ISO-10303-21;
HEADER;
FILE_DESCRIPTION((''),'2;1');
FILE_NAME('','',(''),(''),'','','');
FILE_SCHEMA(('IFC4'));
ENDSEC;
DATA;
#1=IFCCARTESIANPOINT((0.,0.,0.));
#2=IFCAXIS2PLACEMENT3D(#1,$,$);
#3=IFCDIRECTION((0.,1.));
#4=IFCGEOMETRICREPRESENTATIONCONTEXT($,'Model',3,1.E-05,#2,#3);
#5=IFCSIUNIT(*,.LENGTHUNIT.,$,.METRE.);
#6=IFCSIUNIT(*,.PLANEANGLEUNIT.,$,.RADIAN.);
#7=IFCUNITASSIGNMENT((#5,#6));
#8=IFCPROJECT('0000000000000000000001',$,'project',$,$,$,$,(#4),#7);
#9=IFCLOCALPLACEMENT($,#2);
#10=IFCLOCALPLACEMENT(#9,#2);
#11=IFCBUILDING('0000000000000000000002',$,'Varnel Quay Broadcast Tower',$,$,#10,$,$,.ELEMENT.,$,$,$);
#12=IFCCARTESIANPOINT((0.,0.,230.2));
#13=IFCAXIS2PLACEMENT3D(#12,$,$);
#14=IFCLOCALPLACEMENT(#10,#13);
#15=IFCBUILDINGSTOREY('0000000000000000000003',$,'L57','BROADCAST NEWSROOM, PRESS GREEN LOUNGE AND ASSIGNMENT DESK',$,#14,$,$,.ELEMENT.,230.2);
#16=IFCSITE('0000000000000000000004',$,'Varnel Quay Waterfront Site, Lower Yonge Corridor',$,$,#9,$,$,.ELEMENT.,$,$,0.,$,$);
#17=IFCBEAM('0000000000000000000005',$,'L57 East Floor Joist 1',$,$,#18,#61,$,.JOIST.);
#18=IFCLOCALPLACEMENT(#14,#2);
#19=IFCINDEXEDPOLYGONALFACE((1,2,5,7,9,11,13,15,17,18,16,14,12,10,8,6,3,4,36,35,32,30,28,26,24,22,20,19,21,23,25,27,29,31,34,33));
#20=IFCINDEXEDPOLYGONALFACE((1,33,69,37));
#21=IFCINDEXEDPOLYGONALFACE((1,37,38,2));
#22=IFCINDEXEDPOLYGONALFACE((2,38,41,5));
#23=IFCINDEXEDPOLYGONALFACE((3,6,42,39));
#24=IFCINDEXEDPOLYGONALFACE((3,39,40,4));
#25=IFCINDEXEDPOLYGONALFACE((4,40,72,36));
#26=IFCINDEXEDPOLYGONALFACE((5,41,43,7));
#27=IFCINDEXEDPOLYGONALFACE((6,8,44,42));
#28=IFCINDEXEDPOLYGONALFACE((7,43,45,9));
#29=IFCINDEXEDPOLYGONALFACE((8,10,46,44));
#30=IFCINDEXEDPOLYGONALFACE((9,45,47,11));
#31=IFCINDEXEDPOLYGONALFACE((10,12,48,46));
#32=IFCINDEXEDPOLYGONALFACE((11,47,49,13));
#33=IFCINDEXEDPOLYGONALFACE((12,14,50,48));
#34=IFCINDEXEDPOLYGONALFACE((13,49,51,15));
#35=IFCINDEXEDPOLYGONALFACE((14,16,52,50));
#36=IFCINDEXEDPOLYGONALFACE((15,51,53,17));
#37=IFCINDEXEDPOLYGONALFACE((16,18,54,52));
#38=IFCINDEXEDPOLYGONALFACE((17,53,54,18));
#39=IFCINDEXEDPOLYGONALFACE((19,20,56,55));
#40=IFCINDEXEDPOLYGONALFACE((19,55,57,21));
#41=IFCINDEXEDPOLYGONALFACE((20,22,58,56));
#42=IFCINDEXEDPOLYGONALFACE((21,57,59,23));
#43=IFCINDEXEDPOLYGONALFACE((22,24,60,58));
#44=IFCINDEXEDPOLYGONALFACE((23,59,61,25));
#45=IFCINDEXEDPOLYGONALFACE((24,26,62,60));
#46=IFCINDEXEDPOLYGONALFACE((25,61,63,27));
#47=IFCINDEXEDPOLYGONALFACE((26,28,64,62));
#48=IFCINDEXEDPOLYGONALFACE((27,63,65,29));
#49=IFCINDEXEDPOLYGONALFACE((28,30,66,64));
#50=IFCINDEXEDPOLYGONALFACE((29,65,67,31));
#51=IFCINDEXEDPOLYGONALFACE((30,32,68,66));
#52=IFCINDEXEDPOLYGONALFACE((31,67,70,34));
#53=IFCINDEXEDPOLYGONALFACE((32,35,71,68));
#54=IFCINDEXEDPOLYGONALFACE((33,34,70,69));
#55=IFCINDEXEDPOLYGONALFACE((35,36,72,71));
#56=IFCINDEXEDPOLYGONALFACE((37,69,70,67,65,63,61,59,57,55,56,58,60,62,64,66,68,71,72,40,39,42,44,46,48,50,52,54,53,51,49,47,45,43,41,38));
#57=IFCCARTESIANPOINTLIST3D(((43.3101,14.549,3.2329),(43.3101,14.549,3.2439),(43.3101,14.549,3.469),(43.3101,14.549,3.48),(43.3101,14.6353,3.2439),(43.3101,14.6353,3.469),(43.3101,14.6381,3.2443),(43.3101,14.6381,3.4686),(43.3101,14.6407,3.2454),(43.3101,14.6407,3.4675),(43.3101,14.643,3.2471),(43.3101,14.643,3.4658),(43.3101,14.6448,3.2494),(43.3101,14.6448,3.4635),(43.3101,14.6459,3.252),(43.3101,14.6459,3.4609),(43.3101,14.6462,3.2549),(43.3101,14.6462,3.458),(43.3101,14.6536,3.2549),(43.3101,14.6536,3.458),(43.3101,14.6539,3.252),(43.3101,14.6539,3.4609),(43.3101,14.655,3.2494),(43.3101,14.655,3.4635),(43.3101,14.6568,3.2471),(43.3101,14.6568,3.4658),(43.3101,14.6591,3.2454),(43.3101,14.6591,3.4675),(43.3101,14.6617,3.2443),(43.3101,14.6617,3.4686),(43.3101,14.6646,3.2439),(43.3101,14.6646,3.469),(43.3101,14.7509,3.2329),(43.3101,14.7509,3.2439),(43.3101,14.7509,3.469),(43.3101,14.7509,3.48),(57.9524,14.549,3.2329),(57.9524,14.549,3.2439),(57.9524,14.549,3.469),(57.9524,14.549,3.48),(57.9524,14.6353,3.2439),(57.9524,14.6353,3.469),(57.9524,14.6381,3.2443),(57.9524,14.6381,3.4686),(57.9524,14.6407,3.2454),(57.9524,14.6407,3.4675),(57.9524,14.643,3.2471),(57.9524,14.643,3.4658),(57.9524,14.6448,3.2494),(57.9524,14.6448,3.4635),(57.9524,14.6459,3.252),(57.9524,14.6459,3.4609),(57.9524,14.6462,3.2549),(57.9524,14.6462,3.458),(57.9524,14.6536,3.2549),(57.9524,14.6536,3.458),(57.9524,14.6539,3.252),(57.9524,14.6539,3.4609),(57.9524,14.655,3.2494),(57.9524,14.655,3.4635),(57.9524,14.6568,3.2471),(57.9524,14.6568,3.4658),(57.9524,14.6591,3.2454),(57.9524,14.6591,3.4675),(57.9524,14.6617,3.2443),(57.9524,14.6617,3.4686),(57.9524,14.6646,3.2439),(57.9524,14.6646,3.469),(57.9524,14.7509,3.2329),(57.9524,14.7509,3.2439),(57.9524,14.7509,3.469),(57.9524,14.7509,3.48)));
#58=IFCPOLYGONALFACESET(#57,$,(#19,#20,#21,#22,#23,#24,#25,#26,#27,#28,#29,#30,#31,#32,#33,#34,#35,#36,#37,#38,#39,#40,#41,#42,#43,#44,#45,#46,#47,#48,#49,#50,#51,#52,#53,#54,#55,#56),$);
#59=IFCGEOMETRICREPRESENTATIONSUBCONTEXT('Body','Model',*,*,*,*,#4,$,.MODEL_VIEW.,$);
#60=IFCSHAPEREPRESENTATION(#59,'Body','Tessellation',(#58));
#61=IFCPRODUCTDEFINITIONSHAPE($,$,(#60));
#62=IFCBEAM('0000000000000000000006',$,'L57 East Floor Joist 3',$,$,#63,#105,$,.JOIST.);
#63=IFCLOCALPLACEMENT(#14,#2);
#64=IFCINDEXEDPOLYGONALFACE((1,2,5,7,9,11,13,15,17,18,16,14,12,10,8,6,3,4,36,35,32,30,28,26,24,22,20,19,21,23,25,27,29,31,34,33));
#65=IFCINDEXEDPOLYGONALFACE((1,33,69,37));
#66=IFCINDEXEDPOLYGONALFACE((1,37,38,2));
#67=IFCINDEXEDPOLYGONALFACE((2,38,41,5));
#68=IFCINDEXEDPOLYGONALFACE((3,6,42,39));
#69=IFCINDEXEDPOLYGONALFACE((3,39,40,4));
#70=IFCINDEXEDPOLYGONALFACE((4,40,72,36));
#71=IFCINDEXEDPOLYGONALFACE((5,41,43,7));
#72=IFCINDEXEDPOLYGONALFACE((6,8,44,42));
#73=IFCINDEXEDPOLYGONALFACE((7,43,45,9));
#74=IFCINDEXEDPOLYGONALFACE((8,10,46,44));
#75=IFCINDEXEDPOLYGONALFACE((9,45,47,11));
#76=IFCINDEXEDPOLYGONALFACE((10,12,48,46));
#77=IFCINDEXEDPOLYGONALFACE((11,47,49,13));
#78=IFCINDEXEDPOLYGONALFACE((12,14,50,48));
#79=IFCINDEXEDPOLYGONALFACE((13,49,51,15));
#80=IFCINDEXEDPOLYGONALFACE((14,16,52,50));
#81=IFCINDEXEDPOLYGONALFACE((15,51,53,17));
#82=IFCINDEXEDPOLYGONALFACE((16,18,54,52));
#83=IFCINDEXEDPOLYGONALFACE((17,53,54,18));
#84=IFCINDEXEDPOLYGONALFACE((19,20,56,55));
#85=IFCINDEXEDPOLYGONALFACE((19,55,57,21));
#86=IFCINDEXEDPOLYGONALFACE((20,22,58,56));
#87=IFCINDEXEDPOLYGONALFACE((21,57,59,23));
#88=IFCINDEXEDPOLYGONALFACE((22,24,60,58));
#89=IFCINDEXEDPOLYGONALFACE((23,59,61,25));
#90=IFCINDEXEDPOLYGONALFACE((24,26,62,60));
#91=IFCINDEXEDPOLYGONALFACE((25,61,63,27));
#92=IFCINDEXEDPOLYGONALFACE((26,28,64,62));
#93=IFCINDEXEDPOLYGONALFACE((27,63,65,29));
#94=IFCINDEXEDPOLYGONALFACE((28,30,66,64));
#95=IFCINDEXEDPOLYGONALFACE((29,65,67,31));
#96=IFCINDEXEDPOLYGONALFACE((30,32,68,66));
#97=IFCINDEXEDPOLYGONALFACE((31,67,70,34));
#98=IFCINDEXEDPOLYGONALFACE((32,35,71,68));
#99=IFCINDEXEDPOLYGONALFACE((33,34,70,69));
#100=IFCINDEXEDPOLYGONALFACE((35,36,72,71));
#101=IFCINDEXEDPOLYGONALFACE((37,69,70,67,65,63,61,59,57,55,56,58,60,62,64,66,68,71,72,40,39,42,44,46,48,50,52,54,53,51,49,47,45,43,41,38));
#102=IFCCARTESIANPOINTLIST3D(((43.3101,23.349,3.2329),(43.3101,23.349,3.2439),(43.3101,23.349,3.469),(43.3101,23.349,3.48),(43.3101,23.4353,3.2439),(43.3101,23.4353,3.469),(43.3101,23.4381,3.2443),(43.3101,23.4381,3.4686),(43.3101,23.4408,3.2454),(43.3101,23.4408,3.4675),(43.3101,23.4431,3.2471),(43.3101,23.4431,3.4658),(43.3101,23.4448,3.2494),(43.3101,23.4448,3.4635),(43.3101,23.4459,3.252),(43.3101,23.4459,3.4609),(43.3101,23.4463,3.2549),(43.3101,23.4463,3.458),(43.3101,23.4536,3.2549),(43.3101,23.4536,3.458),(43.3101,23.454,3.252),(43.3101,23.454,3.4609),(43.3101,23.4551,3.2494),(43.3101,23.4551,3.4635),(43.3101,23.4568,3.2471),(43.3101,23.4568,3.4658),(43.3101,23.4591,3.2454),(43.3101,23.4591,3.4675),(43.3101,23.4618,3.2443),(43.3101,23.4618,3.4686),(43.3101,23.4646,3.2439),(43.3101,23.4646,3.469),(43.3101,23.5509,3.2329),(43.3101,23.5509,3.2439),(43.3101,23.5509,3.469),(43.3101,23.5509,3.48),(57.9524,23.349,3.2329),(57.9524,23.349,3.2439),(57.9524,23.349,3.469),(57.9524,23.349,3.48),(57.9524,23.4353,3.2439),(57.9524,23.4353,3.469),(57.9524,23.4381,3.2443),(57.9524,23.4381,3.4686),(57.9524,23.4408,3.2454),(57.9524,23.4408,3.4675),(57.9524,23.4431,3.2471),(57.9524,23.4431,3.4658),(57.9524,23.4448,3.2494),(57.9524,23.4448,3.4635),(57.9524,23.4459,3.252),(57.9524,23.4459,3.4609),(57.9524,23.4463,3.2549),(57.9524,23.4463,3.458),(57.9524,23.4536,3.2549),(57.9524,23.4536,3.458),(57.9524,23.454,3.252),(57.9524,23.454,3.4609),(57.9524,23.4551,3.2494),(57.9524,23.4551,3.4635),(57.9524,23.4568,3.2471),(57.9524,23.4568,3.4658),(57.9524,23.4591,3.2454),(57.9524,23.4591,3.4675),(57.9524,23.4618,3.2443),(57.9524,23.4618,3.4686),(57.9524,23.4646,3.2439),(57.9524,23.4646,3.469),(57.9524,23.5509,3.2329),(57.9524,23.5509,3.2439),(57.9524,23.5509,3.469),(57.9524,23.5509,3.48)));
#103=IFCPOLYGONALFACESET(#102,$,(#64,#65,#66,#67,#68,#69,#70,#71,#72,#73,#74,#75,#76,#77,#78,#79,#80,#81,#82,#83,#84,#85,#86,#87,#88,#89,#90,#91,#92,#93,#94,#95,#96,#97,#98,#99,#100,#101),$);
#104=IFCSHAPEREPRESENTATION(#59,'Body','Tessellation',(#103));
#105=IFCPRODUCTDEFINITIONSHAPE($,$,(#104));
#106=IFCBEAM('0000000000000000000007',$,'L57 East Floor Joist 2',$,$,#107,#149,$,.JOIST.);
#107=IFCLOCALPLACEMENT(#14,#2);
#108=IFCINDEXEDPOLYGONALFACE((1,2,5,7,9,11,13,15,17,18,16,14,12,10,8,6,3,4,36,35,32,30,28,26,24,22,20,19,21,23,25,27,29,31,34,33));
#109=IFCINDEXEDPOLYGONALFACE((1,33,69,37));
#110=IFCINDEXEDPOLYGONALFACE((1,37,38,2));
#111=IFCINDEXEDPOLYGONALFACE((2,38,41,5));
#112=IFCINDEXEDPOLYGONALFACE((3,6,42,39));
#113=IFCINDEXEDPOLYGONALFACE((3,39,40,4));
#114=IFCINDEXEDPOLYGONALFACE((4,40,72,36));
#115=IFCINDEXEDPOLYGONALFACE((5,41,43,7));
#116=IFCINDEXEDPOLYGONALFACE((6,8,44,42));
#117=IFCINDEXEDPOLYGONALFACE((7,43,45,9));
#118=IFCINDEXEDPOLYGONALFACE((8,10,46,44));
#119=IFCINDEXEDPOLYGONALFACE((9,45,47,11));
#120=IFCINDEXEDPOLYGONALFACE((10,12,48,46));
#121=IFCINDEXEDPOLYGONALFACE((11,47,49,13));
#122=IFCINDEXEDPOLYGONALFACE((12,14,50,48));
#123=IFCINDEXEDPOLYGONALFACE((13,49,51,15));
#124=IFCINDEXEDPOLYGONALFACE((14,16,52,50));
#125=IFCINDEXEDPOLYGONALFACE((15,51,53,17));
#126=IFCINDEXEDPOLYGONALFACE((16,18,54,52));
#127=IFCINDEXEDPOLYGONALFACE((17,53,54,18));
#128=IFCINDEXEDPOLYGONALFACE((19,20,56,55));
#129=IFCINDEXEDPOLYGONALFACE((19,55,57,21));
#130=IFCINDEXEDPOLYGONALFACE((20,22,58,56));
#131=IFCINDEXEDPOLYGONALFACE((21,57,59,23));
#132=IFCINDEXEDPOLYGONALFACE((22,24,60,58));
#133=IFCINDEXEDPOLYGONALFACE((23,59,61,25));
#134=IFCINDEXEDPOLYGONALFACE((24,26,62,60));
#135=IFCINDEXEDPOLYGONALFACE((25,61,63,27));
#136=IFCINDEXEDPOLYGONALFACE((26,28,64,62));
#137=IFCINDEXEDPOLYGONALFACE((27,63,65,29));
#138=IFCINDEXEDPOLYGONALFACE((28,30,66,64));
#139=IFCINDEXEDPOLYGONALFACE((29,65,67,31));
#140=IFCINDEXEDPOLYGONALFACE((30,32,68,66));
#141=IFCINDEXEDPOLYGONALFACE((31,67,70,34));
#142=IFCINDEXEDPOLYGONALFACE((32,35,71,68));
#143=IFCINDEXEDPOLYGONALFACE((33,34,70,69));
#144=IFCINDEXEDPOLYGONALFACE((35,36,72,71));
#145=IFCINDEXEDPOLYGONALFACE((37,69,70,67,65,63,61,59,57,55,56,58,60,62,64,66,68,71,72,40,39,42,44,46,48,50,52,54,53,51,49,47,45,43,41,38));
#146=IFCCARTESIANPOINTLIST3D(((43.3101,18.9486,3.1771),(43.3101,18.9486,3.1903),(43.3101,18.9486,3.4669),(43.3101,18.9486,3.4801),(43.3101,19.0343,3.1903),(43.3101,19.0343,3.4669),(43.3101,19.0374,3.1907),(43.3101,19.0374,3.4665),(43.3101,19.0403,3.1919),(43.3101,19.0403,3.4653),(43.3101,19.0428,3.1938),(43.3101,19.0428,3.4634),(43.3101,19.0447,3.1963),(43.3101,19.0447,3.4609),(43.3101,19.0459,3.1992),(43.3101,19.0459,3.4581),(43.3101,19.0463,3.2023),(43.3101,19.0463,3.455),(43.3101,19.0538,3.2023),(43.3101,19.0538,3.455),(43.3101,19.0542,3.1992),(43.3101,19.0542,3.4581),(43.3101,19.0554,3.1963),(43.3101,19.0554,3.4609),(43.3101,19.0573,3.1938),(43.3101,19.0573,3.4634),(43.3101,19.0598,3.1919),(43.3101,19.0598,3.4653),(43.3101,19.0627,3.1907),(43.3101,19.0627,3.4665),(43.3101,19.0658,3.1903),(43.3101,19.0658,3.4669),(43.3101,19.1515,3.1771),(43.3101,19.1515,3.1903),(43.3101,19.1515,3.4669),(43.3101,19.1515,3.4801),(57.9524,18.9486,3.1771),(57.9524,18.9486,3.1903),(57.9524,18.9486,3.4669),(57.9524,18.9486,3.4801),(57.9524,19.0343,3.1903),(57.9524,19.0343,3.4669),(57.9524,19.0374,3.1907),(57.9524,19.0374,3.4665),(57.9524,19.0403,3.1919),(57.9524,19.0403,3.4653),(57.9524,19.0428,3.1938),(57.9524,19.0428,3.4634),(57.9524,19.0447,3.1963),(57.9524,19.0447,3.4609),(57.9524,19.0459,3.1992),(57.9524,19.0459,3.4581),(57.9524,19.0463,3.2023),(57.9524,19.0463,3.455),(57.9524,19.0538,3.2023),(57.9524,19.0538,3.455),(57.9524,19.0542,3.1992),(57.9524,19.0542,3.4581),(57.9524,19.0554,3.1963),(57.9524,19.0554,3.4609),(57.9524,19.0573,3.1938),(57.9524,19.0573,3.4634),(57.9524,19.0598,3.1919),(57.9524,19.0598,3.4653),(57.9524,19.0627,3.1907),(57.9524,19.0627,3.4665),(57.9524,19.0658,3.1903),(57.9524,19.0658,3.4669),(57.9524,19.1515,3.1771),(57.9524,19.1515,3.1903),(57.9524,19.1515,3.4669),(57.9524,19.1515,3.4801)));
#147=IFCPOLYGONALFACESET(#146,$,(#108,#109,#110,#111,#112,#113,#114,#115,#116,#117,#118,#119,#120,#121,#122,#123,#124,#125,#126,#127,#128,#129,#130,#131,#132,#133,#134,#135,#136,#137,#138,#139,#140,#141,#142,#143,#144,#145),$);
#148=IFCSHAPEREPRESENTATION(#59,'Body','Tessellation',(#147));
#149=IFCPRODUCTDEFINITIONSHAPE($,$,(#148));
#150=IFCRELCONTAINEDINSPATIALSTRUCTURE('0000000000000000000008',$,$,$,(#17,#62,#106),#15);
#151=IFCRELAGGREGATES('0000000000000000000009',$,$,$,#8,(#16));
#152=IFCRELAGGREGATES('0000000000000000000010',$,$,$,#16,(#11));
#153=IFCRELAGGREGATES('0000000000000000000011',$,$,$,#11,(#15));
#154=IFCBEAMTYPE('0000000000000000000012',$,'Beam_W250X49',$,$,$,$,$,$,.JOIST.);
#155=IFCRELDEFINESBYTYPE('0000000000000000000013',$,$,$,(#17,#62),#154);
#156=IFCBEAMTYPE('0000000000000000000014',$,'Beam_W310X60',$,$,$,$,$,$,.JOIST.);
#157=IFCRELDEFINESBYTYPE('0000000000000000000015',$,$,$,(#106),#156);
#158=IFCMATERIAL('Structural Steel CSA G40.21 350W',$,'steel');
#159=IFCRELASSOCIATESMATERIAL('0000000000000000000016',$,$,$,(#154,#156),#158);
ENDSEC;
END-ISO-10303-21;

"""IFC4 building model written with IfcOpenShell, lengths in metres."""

from ifc_helpers import new_model, si_unit, direction, frame, origin, origin_2d, place, context, subcontext, project, spatial, i_section, extrude, source, transform, mapped, material, material_profile, profile_set, type_object, type_shapes, element, save


model = new_model("IFC4")

# Units and contexts
model_context = context("Model", 3, precision=1e-05, world=origin(), true_north=direction((0.0, 1.0)))
body_context = subcontext(model_context, "Body", "Model", "MODEL_VIEW")
ifc_project = project(units=[si_unit("LENGTHUNIT", "METRE"), si_unit("PLANEANGLEUNIT", "RADIAN")], contexts=[model_context])

# Site, building, storey
site_placement = place(None, origin())
site = spatial("IfcSite", under=ifc_project, at=site_placement, Name="Varnel Quay Waterfront Site, Lower Yonge Corridor", CompositionType="ELEMENT", RefElevation=0.0)
building_placement = place(site_placement, origin())
building = spatial("IfcBuilding", under=site, at=building_placement, Name="Varnel Quay Broadcast Tower", CompositionType="ELEMENT")
storey_placement = place(building_placement, frame((0.0, 0.0, 230.2)))
storey = spatial("IfcBuildingStorey", under=building, at=storey_placement, Name="L57", Description="BROADCAST NEWSROOM, PRESS GREEN LOUNGE AND ASSIGNMENT DESK", CompositionType="ELEMENT", Elevation=230.2)

# Shared definitions
ifc_material_1 = material(Name="Structural Steel CSA G40.21 350W", Category="steel")

# Beams
ifc_material_profile_1 = material_profile(ifc_material_1, i_section(OverallWidth=0.2019, OverallDepth=0.2471, WebThickness=0.0073, FlangeThickness=0.011, FilletRadius=0.011, at=origin_2d()), Name="W250X49")
ifc_profile_set_1 = profile_set([ifc_material_profile_1], Name="Structural Steel CSA G40.21 350W")
beam_type_1 = type_object("IfcBeamType", Name="Beam_W250X49", PredefinedType="JOIST", material=ifc_profile_set_1)
shared_shape_1 = source(origin(), body_context, "Body", "SweptSolid", [
    extrude(i_section(OverallWidth=0.2019, OverallDepth=0.2471, WebThickness=0.0073, FlangeThickness=0.011, FilletRadius=0.011, at=origin_2d()), origin(), (0.0, 0.0, 1.0), 14.6423),
])
type_shapes(beam_type_1, [shared_shape_1])
for number, where, z_axis, x_axis, name in (
    (1, (43.3101, 14.6499, 3.3564), (1.0, 0.0, 0.0), (0.0, 1.0, 0.0), "L57 East Floor Joist 1"),
    (2, (43.3101, 23.45, 3.3564), (1.0, 0.0, 0.0), (0.0, 1.0, 0.0), "L57 East Floor Joist 3"),
):
    element("IfcBeam", number, at=place(storey_placement, frame(where, z_axis=z_axis, x_axis=x_axis)), inside=storey, type_object=beam_type_1, Name=name, PredefinedType="JOIST", context=body_context, shape_type="MappedRepresentation", body=[
        mapped(shared_shape_1, transform((0.0, 0.0, 0.0), x_axis=(1.0, 0.0, 0.0), y_axis=(0.0, 1.0, 0.0), z_axis=(0.0, 0.0, 1.0), scale=1.0)),
    ])
ifc_material_profile_2 = material_profile(ifc_material_1, i_section(OverallWidth=0.2029, OverallDepth=0.303, WebThickness=0.0076, FlangeThickness=0.0132, FilletRadius=0.012, at=origin_2d()), Name="W310X60")
ifc_profile_set_2 = profile_set([ifc_material_profile_2], Name="Structural Steel CSA G40.21 350W")
beam_type_2 = type_object("IfcBeamType", Name="Beam_W310X60", PredefinedType="JOIST", material=ifc_profile_set_2)
shared_shape_2 = source(origin(), body_context, "Body", "SweptSolid", [
    extrude(i_section(OverallWidth=0.2029, OverallDepth=0.303, WebThickness=0.0076, FlangeThickness=0.0132, FilletRadius=0.012, at=origin_2d()), origin(), (0.0, 0.0, 1.0), 14.6423),
])
type_shapes(beam_type_2, [shared_shape_2])
beam_1_placement = place(storey_placement, frame((43.3101, 19.05, 3.3286), z_axis=(1.0, 0.0, 0.0), x_axis=(0.0, 1.0, 0.0)))
element("IfcBeam", 3, at=beam_1_placement, inside=storey, type_object=beam_type_2, Name="L57 East Floor Joist 2", PredefinedType="JOIST", context=body_context, shape_type="MappedRepresentation", body=[
    mapped(shared_shape_2, transform((0.0, 0.0, 0.0), x_axis=(1.0, 0.0, 0.0), y_axis=(0.0, 1.0, 0.0), z_axis=(0.0, 0.0, 1.0), scale=1.0)),
])

save(model, "model.ifc")
